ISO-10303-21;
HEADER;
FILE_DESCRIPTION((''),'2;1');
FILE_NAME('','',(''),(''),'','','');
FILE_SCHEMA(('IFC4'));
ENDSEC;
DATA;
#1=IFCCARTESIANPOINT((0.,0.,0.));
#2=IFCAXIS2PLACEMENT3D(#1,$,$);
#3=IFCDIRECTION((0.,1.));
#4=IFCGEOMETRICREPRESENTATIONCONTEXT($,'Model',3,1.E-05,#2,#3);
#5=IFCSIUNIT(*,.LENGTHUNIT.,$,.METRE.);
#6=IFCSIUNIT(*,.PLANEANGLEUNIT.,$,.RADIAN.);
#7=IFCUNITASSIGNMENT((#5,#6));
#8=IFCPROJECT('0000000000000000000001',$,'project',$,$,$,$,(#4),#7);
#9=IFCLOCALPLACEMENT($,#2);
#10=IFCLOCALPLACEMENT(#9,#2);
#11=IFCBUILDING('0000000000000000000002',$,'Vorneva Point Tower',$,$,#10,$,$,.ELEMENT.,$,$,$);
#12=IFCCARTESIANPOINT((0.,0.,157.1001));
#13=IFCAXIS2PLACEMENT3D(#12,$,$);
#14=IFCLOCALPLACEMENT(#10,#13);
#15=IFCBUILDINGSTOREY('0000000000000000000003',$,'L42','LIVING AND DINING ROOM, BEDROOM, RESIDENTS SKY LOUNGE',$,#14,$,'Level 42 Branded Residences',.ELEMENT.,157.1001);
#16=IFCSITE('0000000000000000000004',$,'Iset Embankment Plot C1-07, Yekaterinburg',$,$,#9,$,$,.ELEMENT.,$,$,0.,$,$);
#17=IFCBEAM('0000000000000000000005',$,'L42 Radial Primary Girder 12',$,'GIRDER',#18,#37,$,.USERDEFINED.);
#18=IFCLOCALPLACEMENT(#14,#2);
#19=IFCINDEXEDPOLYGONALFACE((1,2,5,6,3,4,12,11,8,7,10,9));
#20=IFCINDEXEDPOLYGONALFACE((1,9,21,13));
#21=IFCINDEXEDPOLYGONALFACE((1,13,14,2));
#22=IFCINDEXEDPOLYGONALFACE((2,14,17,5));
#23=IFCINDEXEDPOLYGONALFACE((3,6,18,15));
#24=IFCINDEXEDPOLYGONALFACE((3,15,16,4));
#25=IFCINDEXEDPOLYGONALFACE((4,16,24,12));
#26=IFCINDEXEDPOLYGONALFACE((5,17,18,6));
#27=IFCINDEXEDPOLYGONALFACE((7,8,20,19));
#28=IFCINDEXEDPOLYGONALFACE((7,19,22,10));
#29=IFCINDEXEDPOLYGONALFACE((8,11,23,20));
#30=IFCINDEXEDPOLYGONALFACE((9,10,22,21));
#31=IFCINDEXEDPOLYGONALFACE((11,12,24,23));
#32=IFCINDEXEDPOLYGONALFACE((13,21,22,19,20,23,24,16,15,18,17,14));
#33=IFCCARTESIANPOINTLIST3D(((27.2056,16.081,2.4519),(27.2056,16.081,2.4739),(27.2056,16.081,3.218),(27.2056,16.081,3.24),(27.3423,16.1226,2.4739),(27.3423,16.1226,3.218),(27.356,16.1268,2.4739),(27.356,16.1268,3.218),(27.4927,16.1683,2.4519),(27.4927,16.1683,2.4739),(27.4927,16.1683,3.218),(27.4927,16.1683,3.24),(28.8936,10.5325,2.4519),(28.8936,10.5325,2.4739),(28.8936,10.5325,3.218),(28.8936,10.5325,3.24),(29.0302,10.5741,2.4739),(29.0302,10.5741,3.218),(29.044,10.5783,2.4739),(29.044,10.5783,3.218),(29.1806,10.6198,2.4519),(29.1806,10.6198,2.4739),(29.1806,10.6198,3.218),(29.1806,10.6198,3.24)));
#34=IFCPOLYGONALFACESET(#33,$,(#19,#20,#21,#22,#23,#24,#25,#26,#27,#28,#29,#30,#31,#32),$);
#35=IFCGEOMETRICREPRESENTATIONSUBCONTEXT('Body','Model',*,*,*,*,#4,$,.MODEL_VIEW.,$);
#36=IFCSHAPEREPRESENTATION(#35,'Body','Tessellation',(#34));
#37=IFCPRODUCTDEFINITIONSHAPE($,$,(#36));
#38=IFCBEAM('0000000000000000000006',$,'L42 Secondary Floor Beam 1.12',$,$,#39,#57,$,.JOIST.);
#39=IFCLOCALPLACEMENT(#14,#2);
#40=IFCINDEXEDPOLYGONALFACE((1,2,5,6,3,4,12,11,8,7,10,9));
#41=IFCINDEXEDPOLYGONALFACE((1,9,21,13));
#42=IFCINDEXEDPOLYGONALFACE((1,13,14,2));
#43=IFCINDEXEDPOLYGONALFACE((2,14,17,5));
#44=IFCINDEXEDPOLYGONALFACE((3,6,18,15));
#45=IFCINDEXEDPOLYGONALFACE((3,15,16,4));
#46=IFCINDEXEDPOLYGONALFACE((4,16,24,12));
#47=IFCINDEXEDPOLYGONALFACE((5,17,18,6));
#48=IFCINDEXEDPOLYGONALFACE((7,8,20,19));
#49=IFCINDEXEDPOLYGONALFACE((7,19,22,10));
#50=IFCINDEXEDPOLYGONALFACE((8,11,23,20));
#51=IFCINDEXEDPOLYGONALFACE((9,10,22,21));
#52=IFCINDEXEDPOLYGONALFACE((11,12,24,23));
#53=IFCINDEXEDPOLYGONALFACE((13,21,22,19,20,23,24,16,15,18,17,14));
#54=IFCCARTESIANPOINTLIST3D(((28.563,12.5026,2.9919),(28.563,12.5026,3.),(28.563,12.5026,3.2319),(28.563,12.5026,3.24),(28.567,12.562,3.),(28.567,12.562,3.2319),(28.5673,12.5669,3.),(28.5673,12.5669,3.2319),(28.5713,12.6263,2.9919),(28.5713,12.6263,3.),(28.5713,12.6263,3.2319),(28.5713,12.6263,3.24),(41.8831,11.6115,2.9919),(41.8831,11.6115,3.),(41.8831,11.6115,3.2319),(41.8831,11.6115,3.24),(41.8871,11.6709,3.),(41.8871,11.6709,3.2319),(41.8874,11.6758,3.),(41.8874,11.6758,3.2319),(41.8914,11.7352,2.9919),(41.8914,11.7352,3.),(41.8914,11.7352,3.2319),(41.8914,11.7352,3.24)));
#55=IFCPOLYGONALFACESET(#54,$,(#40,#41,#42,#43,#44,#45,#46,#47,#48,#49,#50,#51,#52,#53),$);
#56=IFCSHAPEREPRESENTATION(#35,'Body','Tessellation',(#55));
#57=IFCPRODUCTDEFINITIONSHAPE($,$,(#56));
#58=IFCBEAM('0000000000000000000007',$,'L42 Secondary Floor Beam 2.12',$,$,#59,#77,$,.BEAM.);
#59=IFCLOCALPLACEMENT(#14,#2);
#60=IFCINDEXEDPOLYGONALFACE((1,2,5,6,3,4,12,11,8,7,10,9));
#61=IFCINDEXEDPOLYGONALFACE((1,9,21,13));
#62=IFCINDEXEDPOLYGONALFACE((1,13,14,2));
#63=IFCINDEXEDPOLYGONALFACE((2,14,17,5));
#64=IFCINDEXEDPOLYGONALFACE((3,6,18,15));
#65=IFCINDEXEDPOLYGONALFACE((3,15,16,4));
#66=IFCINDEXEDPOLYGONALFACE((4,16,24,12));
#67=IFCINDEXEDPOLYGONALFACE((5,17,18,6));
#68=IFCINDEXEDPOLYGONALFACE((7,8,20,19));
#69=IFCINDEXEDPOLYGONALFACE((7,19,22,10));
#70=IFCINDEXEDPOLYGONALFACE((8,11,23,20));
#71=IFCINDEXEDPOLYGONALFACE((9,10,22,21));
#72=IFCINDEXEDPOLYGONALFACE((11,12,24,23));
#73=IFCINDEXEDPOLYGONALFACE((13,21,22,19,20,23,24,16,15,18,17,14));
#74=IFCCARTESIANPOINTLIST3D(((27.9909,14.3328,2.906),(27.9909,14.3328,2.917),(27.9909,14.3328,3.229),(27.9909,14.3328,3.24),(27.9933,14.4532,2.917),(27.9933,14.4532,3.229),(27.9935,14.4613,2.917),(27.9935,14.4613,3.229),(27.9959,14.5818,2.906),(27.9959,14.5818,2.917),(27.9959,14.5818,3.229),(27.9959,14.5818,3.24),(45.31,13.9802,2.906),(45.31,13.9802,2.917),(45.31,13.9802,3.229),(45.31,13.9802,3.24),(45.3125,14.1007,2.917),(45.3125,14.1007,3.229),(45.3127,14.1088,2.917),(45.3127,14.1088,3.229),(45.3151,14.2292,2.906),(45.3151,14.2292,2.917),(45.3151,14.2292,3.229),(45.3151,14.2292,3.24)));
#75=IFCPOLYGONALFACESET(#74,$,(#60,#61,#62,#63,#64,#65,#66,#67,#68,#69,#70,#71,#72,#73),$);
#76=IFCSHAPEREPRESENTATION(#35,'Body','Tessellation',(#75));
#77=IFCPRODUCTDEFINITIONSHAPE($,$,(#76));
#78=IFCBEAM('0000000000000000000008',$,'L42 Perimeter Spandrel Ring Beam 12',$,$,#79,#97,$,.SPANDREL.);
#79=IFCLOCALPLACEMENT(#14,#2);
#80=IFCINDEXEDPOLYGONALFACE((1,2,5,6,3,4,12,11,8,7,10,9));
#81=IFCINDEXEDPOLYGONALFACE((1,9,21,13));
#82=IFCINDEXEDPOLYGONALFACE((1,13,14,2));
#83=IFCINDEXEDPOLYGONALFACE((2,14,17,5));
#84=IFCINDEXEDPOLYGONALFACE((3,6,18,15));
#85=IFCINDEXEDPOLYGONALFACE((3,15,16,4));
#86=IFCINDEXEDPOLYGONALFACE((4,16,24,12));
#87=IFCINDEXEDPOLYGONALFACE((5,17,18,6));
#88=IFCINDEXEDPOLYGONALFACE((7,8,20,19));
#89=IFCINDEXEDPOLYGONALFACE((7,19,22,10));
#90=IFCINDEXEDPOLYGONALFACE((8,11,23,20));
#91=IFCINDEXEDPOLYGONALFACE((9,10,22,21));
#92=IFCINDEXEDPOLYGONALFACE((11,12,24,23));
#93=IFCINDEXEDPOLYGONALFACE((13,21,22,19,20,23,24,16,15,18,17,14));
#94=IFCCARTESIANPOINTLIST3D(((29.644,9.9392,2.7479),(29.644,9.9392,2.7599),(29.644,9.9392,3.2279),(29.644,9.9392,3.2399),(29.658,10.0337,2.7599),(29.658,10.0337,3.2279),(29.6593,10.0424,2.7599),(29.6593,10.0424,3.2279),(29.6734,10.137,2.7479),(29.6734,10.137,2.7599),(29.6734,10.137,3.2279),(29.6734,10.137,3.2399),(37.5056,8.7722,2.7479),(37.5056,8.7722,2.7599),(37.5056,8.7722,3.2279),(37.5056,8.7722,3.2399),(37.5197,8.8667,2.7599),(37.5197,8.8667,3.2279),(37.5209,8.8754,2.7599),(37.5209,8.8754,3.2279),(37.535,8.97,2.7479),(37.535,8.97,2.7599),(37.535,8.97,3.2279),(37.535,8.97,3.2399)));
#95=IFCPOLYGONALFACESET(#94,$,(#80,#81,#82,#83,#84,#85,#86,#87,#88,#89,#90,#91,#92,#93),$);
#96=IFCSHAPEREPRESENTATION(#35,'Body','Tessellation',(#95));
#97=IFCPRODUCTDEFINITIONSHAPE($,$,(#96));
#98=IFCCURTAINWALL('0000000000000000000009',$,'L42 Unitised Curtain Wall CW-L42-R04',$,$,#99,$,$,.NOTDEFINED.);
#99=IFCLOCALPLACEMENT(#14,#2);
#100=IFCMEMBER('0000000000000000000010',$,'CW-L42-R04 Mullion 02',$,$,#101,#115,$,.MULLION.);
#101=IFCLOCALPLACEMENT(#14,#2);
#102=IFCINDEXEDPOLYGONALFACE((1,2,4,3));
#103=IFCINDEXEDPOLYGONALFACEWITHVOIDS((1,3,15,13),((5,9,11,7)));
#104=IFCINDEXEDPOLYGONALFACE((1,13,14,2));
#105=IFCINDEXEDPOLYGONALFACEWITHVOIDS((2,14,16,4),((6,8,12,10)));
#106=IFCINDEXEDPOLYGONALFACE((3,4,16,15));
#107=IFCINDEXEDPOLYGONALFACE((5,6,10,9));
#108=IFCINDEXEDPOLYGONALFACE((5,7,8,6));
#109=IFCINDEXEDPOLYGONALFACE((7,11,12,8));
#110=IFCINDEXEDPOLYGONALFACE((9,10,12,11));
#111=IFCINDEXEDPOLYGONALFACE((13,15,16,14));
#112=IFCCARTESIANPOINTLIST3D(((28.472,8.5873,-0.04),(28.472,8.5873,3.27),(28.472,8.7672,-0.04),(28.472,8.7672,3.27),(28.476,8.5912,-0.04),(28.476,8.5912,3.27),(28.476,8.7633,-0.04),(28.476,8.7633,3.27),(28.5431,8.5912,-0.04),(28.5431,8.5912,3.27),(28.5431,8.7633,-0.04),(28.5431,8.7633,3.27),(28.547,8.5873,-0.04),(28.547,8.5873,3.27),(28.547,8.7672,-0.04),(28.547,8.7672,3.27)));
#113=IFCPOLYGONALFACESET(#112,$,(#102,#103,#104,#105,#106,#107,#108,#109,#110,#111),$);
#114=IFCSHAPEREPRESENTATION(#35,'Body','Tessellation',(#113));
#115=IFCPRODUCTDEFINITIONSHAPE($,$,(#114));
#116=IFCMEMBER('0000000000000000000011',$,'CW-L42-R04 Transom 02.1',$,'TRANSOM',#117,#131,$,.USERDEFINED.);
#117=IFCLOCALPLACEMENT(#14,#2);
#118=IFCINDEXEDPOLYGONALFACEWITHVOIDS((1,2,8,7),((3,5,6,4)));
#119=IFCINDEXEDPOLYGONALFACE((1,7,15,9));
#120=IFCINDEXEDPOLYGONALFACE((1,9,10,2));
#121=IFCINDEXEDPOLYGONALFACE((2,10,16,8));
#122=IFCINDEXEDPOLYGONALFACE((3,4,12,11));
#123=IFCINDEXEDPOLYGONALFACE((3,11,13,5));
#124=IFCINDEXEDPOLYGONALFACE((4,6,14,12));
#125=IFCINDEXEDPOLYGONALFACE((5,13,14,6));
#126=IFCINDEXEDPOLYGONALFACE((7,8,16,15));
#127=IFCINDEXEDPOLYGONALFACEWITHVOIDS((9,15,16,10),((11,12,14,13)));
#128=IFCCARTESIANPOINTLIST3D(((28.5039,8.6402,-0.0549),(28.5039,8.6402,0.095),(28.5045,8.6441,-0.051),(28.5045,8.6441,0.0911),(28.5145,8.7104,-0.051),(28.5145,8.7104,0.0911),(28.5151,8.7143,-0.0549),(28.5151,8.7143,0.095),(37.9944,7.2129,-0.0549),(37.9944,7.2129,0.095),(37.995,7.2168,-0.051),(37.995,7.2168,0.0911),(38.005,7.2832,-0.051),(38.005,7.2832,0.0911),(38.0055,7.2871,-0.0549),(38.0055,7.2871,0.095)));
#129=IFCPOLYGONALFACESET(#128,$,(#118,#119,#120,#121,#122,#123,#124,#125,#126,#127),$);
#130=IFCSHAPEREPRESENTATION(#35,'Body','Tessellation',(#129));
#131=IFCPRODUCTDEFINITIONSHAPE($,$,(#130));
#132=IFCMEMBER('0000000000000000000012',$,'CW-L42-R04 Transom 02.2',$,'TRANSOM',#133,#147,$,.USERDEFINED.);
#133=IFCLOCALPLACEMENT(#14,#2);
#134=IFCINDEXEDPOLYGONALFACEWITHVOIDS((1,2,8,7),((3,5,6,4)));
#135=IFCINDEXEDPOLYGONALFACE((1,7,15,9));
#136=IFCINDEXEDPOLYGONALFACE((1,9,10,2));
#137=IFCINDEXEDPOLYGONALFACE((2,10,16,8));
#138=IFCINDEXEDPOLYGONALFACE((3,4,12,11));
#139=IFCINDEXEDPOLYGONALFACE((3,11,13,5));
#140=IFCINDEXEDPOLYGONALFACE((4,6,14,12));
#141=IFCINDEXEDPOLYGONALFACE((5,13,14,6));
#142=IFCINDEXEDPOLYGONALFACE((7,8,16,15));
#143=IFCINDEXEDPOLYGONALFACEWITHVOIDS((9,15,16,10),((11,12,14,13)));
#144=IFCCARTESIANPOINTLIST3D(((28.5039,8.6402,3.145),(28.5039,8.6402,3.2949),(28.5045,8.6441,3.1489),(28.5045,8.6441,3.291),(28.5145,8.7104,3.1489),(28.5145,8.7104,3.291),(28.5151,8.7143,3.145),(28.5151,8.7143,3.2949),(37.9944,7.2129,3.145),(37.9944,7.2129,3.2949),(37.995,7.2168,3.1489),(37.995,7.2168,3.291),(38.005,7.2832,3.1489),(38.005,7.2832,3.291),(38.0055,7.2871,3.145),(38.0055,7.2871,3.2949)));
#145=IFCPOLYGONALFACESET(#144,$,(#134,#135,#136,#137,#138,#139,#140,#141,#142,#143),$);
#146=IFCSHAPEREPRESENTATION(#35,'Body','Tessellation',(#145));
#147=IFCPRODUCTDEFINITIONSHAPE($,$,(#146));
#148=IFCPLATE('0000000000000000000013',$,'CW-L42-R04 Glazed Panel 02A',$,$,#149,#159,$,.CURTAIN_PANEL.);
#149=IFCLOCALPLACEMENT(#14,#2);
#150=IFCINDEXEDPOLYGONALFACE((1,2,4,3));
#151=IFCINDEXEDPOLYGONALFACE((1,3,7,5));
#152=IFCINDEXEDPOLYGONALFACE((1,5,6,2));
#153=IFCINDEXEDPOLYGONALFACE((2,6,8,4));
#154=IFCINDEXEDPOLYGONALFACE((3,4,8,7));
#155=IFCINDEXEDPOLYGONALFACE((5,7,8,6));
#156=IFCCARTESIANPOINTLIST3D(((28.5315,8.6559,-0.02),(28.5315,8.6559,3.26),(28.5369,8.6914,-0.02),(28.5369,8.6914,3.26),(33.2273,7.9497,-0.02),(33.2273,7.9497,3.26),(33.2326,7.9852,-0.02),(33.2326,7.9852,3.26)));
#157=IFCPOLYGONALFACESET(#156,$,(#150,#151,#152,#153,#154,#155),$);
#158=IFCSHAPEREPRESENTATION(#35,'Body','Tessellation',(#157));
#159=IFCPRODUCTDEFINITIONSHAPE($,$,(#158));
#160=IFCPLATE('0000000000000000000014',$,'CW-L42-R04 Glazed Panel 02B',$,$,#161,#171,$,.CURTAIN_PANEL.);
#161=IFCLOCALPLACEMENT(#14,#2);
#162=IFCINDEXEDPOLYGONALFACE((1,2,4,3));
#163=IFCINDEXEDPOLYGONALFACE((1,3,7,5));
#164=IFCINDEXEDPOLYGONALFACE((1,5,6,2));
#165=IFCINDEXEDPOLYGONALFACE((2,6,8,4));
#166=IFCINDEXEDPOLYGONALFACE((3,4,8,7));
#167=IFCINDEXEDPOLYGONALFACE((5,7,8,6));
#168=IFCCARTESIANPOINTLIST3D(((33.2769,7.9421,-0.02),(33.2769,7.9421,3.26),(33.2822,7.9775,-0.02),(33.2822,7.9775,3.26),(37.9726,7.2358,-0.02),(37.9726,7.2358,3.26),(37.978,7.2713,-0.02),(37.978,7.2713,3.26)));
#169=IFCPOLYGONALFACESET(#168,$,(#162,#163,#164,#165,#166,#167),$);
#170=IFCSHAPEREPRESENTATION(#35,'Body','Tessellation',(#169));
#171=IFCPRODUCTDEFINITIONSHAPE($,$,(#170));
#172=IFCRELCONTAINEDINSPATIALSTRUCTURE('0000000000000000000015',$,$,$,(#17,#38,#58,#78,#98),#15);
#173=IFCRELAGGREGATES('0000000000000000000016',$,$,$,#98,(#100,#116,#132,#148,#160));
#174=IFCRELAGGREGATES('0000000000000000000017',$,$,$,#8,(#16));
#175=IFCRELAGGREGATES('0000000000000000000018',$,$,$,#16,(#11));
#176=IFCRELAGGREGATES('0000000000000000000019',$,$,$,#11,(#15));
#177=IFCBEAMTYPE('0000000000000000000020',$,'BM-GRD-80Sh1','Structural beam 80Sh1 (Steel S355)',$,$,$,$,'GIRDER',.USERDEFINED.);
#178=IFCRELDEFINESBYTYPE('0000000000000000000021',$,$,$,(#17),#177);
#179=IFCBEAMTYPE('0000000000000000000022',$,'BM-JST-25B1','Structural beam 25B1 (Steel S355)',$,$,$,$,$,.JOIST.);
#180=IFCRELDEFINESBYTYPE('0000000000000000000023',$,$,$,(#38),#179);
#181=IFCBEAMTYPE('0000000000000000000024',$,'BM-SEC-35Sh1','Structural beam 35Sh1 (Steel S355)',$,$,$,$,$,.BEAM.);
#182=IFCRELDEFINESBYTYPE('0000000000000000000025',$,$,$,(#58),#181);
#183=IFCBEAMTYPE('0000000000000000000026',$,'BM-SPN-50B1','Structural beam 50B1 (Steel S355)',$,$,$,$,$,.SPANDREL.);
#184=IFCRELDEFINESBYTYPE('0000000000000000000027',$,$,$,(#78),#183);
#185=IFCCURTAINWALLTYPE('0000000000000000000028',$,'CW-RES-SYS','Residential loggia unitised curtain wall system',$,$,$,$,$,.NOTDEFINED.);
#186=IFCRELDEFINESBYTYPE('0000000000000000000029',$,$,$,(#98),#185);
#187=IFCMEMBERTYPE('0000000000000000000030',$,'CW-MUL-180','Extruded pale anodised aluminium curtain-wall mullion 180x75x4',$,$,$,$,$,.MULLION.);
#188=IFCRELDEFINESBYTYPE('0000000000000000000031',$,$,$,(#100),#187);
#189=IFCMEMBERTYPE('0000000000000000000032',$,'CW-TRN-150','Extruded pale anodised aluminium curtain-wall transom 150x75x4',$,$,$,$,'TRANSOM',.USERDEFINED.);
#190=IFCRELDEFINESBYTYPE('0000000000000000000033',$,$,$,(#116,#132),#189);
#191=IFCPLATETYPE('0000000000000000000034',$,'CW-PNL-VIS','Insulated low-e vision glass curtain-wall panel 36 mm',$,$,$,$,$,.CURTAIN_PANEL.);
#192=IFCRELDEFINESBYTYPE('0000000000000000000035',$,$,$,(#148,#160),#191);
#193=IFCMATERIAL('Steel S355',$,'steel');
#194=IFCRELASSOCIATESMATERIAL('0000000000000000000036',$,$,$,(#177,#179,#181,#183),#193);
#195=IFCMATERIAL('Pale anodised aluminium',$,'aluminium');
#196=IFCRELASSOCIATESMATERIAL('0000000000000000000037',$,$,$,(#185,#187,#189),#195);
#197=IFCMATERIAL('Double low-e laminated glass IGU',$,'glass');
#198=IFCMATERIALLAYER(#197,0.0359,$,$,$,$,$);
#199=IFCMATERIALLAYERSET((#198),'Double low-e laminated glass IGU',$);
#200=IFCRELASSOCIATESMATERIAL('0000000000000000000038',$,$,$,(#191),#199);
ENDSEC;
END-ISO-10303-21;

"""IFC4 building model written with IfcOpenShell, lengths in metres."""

from ifc_helpers import new_model, si_unit, direction, frame, origin, origin_2d, place, context, subcontext, project, spatial, rectangle, hollow_rectangle, i_section, extrude, material, layer, layer_set, material_profile, profile_set, type_object, element, aggregate, save


model = new_model("IFC4")

# Units and contexts
model_context = context("Model", 3, precision=1e-05, world=origin(), true_north=direction((0.0, 1.0)))
body_context = subcontext(model_context, "Body", "Model", "MODEL_VIEW")
ifc_project = project(units=[si_unit("LENGTHUNIT", "METRE"), si_unit("PLANEANGLEUNIT", "RADIAN")], contexts=[model_context])

# Site, building, storey
site_placement = place(None, origin())
site = spatial("IfcSite", under=ifc_project, at=site_placement, Name="Iset Embankment Plot C1-07, Yekaterinburg", CompositionType="ELEMENT", RefElevation=0.0)
building_placement = place(site_placement, origin())
building = spatial("IfcBuilding", under=site, at=building_placement, Name="Vorneva Point Tower", CompositionType="ELEMENT")
storey_placement = place(building_placement, frame((0.0, 0.0, 157.1001)))
storey = spatial("IfcBuildingStorey", under=building, at=storey_placement, Name="L42", Description="LIVING AND DINING ROOM, BEDROOM, RESIDENTS SKY LOUNGE", LongName="Level 42 Branded Residences", CompositionType="ELEMENT", Elevation=157.1001)

# Beams
ifc_material_1 = material(Name="Steel S355", Category="steel")
ifc_material_profile_1 = material_profile(ifc_material_1, i_section(OverallWidth=0.3, OverallDepth=0.7881, WebThickness=0.0144, FlangeThickness=0.022, at=origin_2d()), Name="80Sh1")
ifc_profile_set_1 = profile_set([ifc_material_profile_1], Name="Steel S355")
beam_type_1 = type_object("IfcBeamType", Name="BM-GRD-80Sh1", Description="Structural beam 80Sh1 (Steel S355)", ElementType="GIRDER", PredefinedType="USERDEFINED", material=ifc_profile_set_1)
beam_1_placement = place(storey_placement, frame((29.0371, 10.5762, 2.8459), z_axis=(-0.291049, 0.956708, 0.0), x_axis=(-0.956708, -0.291049, 0.0)))
element("IfcBeam", 1, at=beam_1_placement, inside=storey, type_object=beam_type_1, Name="L42 Radial Primary Girder 12", ObjectType="GIRDER", PredefinedType="USERDEFINED", context=body_context, shape_type="SweptSolid", body=[
    extrude(i_section(OverallWidth=0.3, OverallDepth=0.7881, WebThickness=0.0144, FlangeThickness=0.022, at=origin_2d()), origin(), (0.0, 0.0, 1.0), 5.7996),
])
ifc_material_profile_2 = material_profile(ifc_material_1, i_section(OverallWidth=0.124, OverallDepth=0.248, WebThickness=0.0049, FlangeThickness=0.0081, at=origin_2d()), Name="25B1")
ifc_profile_set_2 = profile_set([ifc_material_profile_2], Name="Steel S355")
beam_type_2 = type_object("IfcBeamType", Name="BM-JST-25B1", Description="Structural beam 25B1 (Steel S355)", PredefinedType="JOIST", material=ifc_profile_set_2)
beam_2_placement = place(storey_placement, frame((28.5671, 12.5645, 3.116), z_axis=(0.99777, -0.066751, 0.0), x_axis=(0.066751, 0.99777, 0.0)))
element("IfcBeam", 2, at=beam_2_placement, inside=storey, type_object=beam_type_2, Name="L42 Secondary Floor Beam 1.12", PredefinedType="JOIST", context=body_context, shape_type="SweptSolid", body=[
    extrude(i_section(OverallWidth=0.124, OverallDepth=0.248, WebThickness=0.0049, FlangeThickness=0.0081, at=origin_2d()), origin(), (0.0, 0.0, 1.0), 13.3499),
])
ifc_material_profile_3 = material_profile(ifc_material_1, i_section(OverallWidth=0.249, OverallDepth=0.334, WebThickness=0.0081, FlangeThickness=0.011, at=origin_2d()), Name="35Sh1")
ifc_profile_set_3 = profile_set([ifc_material_profile_3], Name="Steel S355")
beam_type_3 = type_object("IfcBeamType", Name="BM-SEC-35Sh1", Description="Structural beam 35Sh1 (Steel S355)", PredefinedType="BEAM", material=ifc_profile_set_3)
beam_3_placement = place(storey_placement, frame((27.9934, 14.4573, 3.073), z_axis=(0.999793, -0.020351, 0.0), x_axis=(0.020351, 0.999793, 0.0)))
element("IfcBeam", 3, at=beam_3_placement, inside=storey, type_object=beam_type_3, Name="L42 Secondary Floor Beam 2.12", PredefinedType="BEAM", context=body_context, shape_type="SweptSolid", body=[
    extrude(i_section(OverallWidth=0.249, OverallDepth=0.334, WebThickness=0.0081, FlangeThickness=0.011, at=origin_2d()), origin(), (0.0, 0.0, 1.0), 17.3228),
])
ifc_material_profile_4 = material_profile(ifc_material_1, i_section(OverallWidth=0.2, OverallDepth=0.4919, WebThickness=0.0088, FlangeThickness=0.012, at=origin_2d()), Name="50B1")
ifc_profile_set_4 = profile_set([ifc_material_profile_4], Name="Steel S355")
beam_type_4 = type_object("IfcBeamType", Name="BM-SPN-50B1", Description="Structural beam 50B1 (Steel S355)", PredefinedType="SPANDREL", material=ifc_profile_set_4)
beam_4_placement = place(storey_placement, frame((29.6587, 10.0381, 2.9939), z_axis=(0.989161, -0.146834, 0.0), x_axis=(0.146834, 0.989161, 0.0)))
element("IfcBeam", 4, at=beam_4_placement, inside=storey, type_object=beam_type_4, Name="L42 Perimeter Spandrel Ring Beam 12", PredefinedType="SPANDREL", context=body_context, shape_type="SweptSolid", body=[
    extrude(i_section(OverallWidth=0.2, OverallDepth=0.4919, WebThickness=0.0088, FlangeThickness=0.012, at=origin_2d()), origin(), (0.0, 0.0, 1.0), 7.9478),
])

# Curtain wall, members, plates
ifc_material_2 = material(Name="Pale anodised aluminium", Category="aluminium")
curtain_wall_type = type_object("IfcCurtainWallType", Name="CW-RES-SYS", Description="Residential loggia unitised curtain wall system", PredefinedType="NOTDEFINED", material=ifc_material_2)
curtain_wall_placement = place(storey_placement, origin())
curtain_wall = element("IfcCurtainWall", 5, at=curtain_wall_placement, inside=storey, type_object=curtain_wall_type, Name="L42 Unitised Curtain Wall CW-L42-R04", PredefinedType="NOTDEFINED")
ifc_material_profile_5 = material_profile(ifc_material_2, hollow_rectangle(XDim=0.075, YDim=0.1799, WallThickness=0.0039, at=origin_2d()), Name="AL-MUL 180x75x4")
ifc_profile_set_5 = profile_set([ifc_material_profile_5], Name="Pale anodised aluminium")
member_type_1 = type_object("IfcMemberType", Name="CW-MUL-180", Description="Extruded pale anodised aluminium curtain-wall mullion 180x75x4", PredefinedType="MULLION", material=ifc_profile_set_5)
member_1_placement = place(storey_placement, frame((28.5095, 8.6772, -0.04), z_axis=(0.0, 0.0, 1.0), x_axis=(1.0, 0.0, 0.0)))
member_1 = element("IfcMember", 6, at=member_1_placement, type_object=member_type_1, Name="CW-L42-R04 Mullion 02", PredefinedType="MULLION", context=body_context, shape_type="SweptSolid", body=[
    extrude(hollow_rectangle(XDim=0.075, YDim=0.1799, WallThickness=0.0039, at=origin_2d()), origin(), (0.0, 0.0, 1.0), 3.3101),
])
ifc_material_profile_6 = material_profile(ifc_material_2, hollow_rectangle(XDim=0.075, YDim=0.1499, WallThickness=0.0039, at=origin_2d()), Name="AL-TRN 150x75x4")
ifc_profile_set_6 = profile_set([ifc_material_profile_6], Name="Pale anodised aluminium")
member_type_2 = type_object("IfcMemberType", Name="CW-TRN-150", Description="Extruded pale anodised aluminium curtain-wall transom 150x75x4", ElementType="TRANSOM", PredefinedType="USERDEFINED", material=ifc_profile_set_6)
member_2_placement = place(storey_placement, frame((28.5095, 8.6772, 0.02), z_axis=(0.98888, -0.148715, 0.0), x_axis=(0.148715, 0.98888, 0.0)))
member_2 = element("IfcMember", 7, at=member_2_placement, type_object=member_type_2, Name="CW-L42-R04 Transom 02.1", ObjectType="TRANSOM", PredefinedType="USERDEFINED", context=body_context, shape_type="SweptSolid", body=[
    extrude(hollow_rectangle(XDim=0.075, YDim=0.1499, WallThickness=0.0039, at=origin_2d()), origin(), (0.0, 0.0, 1.0), 9.5972),
])
member_3_placement = place(storey_placement, frame((28.5095, 8.6772, 3.22), z_axis=(0.98888, -0.148715, 0.0), x_axis=(0.148715, 0.98888, 0.0)))
member_3 = element("IfcMember", 8, at=member_3_placement, type_object=member_type_2, Name="CW-L42-R04 Transom 02.2", ObjectType="TRANSOM", PredefinedType="USERDEFINED", context=body_context, shape_type="SweptSolid", body=[
    extrude(hollow_rectangle(XDim=0.075, YDim=0.1499, WallThickness=0.0039, at=origin_2d()), origin(), (0.0, 0.0, 1.0), 9.5972),
])
ifc_material_3 = material(Name="Double low-e laminated glass IGU", Category="glass")
ifc_layer_1 = layer(ifc_material_3, 0.0359)
ifc_layer_set_1 = layer_set([ifc_layer_1], Name="Double low-e laminated glass IGU")
plate_type = type_object("IfcPlateType", Name="CW-PNL-VIS", Description="Insulated low-e vision glass curtain-wall panel 36 mm", PredefinedType="CURTAIN_PANEL", material=ifc_layer_set_1)
plate_1_placement = place(storey_placement, frame((30.8821, 8.3206, -0.02), z_axis=(0.0, 0.0, 1.0), x_axis=(0.988879, -0.148724, 0.0)))
plate_1 = element("IfcPlate", 9, at=plate_1_placement, type_object=plate_type, Name="CW-L42-R04 Glazed Panel 02A", PredefinedType="CURTAIN_PANEL", context=body_context, shape_type="SweptSolid", body=[
    extrude(rectangle(XDim=4.7485, YDim=0.0359, at=origin_2d()), origin(), (0.0, 0.0, 1.0), 3.28),
])
plate_2_placement = place(storey_placement, frame((35.6274, 7.6067, -0.02), z_axis=(0.0, 0.0, 1.0), x_axis=(0.988879, -0.148724, 0.0)))
plate_2 = element("IfcPlate", 10, at=plate_2_placement, type_object=plate_type, Name="CW-L42-R04 Glazed Panel 02B", PredefinedType="CURTAIN_PANEL", context=body_context, shape_type="SweptSolid", body=[
    extrude(rectangle(XDim=4.7485, YDim=0.0359, at=origin_2d()), origin(), (0.0, 0.0, 1.0), 3.28),
])
aggregate(curtain_wall, [member_1, member_2, member_3, plate_1, plate_2])

save(model, "model.ifc")
